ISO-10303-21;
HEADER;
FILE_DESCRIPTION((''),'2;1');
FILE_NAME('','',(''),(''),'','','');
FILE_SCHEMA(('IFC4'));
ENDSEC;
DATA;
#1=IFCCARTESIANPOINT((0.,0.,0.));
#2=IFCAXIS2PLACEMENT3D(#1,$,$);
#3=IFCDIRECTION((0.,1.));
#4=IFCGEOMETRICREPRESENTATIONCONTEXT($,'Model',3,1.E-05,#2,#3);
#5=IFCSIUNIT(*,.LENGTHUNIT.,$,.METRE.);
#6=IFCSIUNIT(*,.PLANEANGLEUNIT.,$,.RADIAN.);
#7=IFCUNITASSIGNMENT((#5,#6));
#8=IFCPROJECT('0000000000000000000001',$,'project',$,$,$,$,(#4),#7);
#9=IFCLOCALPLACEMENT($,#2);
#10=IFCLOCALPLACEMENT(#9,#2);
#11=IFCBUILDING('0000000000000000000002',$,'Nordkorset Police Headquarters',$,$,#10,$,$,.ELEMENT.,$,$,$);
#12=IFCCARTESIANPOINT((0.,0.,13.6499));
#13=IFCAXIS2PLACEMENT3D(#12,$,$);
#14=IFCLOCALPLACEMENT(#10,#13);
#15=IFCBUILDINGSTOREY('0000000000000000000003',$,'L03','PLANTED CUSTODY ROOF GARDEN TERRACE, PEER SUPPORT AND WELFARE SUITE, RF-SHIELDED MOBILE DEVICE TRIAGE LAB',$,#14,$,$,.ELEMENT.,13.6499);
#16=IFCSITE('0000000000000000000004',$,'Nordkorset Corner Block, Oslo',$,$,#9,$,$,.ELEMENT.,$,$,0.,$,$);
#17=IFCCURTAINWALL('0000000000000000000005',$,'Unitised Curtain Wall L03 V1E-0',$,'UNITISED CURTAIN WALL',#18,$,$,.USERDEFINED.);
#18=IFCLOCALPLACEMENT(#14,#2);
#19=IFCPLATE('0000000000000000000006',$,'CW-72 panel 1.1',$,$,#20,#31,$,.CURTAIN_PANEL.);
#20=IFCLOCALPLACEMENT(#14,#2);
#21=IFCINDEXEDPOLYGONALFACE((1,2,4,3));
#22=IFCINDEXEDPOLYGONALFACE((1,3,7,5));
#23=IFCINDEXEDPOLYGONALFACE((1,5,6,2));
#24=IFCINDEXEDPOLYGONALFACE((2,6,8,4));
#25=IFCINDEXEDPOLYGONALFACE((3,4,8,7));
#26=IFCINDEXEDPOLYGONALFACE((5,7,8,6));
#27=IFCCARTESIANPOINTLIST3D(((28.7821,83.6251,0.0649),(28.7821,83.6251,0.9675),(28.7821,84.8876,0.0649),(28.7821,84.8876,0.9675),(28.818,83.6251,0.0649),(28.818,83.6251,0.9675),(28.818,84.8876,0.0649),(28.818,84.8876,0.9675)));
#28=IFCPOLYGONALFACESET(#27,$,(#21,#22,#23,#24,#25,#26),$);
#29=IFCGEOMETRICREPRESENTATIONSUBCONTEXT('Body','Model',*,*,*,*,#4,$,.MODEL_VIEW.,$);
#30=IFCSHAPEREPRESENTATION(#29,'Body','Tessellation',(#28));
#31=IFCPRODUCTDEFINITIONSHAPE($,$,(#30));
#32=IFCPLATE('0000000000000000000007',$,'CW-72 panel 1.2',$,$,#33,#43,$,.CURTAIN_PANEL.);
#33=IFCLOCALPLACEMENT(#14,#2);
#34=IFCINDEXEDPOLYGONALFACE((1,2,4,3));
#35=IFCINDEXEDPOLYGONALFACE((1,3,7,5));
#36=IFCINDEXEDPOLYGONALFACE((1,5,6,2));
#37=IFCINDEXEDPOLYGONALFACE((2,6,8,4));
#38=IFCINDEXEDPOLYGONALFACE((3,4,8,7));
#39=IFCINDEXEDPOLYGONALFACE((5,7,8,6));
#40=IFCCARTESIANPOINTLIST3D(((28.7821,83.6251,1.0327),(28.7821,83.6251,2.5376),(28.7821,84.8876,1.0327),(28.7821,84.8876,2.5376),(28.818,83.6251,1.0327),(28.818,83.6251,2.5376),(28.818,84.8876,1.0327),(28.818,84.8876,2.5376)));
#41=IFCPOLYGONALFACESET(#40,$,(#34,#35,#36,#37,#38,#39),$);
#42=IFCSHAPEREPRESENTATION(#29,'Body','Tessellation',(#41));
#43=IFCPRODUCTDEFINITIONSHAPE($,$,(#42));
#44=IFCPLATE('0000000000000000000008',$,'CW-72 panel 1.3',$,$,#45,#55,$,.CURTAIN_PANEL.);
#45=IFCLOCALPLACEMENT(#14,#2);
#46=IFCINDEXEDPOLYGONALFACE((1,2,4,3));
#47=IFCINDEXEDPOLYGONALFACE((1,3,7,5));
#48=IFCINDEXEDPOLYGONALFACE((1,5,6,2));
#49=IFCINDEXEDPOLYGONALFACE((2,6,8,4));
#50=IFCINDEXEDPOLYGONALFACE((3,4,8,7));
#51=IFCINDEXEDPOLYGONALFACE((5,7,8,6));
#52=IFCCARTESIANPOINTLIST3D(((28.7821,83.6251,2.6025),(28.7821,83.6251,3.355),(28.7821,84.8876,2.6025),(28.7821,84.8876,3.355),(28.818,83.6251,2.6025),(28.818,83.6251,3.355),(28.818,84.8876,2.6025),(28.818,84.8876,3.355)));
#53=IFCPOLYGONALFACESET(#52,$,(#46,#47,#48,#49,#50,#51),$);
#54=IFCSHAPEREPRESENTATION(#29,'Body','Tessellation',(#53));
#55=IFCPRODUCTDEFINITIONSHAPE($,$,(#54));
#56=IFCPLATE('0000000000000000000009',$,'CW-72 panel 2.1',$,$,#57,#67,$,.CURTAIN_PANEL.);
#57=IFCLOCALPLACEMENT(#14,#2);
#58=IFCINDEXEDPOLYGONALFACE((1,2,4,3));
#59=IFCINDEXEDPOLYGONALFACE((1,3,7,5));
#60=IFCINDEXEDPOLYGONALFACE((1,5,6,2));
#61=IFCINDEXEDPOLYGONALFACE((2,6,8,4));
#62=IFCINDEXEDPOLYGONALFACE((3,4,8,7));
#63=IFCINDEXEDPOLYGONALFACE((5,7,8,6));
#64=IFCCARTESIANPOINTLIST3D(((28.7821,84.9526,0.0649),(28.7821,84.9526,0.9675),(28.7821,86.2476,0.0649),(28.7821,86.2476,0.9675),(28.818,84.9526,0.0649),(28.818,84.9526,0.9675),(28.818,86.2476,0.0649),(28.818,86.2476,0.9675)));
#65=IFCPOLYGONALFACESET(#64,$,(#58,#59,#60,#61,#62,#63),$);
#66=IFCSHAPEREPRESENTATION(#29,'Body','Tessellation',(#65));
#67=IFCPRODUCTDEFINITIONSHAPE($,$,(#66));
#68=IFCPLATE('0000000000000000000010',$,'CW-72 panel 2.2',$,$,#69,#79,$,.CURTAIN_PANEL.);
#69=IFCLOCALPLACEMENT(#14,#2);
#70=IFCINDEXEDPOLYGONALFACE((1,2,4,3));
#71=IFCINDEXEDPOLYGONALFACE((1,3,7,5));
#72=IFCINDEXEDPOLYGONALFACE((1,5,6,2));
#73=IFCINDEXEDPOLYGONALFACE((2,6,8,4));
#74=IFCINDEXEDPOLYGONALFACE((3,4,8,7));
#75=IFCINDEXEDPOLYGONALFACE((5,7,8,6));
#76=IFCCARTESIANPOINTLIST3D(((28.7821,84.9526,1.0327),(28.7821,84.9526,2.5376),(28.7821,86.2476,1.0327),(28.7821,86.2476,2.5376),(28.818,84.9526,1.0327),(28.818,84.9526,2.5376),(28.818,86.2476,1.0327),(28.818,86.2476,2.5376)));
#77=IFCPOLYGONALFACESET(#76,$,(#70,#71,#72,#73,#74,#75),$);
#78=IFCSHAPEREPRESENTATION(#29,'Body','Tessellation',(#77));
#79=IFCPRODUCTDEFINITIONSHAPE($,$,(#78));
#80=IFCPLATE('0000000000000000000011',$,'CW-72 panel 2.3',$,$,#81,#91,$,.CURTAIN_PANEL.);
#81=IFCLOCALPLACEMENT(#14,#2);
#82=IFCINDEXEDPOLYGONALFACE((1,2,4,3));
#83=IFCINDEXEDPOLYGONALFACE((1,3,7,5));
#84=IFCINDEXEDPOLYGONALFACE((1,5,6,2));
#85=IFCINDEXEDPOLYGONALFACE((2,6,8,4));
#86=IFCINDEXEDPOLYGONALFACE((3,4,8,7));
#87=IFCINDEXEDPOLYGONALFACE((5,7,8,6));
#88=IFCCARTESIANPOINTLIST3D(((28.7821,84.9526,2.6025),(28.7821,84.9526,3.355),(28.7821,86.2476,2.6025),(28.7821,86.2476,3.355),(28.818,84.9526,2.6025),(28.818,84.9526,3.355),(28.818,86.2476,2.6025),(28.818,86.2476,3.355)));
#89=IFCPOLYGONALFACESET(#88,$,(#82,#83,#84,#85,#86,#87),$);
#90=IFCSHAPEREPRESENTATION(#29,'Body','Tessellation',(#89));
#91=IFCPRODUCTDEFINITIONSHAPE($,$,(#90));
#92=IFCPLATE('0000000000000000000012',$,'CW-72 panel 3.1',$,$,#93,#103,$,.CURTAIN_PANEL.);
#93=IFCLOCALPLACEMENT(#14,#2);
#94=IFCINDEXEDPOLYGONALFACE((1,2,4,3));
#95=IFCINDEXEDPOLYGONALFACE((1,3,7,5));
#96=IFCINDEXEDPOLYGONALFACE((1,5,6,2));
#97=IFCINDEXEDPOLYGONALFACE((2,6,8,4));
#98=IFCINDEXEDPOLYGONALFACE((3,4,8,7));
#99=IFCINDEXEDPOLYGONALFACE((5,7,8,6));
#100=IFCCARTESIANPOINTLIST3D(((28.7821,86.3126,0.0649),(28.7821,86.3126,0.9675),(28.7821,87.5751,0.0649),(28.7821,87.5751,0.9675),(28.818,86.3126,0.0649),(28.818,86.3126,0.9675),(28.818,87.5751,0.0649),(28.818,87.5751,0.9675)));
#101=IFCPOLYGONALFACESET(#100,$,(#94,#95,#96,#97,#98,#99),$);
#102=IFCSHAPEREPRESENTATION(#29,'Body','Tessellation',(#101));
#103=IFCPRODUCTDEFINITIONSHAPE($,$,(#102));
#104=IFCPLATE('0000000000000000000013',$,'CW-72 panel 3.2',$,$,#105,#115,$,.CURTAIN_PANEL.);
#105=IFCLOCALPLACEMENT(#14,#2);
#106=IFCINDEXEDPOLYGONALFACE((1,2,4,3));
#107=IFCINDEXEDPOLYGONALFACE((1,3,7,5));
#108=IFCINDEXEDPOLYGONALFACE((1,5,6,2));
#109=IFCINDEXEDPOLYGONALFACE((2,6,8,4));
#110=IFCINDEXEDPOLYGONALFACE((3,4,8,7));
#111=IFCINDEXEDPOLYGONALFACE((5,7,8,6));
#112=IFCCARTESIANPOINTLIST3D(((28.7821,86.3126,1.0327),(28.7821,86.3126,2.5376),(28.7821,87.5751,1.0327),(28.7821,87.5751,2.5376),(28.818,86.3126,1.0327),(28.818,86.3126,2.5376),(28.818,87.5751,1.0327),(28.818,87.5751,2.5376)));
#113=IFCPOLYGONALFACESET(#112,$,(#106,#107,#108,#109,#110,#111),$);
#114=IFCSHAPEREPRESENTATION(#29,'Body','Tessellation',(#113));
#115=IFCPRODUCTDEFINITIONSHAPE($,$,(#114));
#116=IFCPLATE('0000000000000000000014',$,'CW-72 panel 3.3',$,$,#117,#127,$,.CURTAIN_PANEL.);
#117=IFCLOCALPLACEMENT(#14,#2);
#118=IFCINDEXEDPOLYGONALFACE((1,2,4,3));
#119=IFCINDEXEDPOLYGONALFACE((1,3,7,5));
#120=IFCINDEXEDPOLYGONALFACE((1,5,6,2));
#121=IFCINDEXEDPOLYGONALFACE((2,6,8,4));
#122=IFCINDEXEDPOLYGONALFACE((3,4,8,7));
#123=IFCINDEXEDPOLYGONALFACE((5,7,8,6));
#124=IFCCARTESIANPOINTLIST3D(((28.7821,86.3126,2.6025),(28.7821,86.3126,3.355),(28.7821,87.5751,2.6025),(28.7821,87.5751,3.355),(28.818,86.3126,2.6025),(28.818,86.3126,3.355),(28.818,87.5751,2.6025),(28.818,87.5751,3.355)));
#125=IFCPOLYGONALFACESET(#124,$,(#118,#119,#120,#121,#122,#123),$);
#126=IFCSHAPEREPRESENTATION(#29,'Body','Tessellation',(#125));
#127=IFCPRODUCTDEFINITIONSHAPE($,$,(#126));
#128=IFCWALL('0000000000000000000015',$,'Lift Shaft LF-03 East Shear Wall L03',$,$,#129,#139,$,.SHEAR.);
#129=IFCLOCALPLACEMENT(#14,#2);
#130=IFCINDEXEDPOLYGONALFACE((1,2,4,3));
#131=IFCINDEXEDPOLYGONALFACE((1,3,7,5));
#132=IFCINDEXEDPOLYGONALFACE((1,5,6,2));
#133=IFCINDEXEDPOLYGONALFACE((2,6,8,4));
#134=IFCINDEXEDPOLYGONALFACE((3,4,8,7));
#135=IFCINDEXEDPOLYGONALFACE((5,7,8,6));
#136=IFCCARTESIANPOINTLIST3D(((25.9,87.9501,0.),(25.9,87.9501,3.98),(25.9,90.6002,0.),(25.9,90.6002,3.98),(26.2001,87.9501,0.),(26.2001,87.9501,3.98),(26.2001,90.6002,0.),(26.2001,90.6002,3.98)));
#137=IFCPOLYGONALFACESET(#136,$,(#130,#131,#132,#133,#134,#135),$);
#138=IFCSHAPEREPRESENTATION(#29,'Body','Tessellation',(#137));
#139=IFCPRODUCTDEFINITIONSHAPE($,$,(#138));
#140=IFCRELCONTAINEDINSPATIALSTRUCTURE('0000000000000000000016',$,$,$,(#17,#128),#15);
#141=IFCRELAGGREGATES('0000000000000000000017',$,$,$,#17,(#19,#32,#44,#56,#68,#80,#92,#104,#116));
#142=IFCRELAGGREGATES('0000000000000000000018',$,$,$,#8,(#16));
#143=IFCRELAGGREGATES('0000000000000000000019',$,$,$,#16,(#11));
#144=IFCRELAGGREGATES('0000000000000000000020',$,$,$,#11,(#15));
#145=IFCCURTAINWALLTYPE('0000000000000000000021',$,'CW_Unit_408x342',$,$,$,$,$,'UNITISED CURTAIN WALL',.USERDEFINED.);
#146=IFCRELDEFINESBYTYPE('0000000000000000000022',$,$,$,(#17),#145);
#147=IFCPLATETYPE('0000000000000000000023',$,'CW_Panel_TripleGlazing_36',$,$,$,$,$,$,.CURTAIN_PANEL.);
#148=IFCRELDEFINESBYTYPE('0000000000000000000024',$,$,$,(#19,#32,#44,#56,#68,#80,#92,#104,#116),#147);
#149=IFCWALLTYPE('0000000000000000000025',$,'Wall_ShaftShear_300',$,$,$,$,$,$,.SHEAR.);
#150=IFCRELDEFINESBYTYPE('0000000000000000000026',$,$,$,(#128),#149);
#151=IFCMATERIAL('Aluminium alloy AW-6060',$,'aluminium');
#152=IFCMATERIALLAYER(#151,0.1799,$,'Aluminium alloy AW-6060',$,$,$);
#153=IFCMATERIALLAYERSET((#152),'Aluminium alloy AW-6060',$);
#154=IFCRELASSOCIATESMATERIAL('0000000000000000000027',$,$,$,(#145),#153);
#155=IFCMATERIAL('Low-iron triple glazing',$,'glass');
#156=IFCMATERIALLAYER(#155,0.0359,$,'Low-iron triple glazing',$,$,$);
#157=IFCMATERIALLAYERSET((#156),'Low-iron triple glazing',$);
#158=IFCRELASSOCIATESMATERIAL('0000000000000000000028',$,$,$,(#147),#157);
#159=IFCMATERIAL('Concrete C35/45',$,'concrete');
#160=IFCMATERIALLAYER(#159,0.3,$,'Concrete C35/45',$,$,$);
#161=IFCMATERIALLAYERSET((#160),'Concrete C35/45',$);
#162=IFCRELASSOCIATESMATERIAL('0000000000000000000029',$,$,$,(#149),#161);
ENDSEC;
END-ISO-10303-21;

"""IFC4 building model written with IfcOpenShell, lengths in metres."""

from ifc_helpers import new_model, si_unit, direction, frame, frame_2d, origin, origin_2d, place, context, subcontext, project, spatial, rectangle, extrude, material, layer, layer_set, type_object, element, aggregate, save


model = new_model("IFC4")

# Units and contexts
model_context = context("Model", 3, precision=1e-05, world=origin(), true_north=direction((0.0, 1.0)))
body_context = subcontext(model_context, "Body", "Model", "MODEL_VIEW")
ifc_project = project(units=[si_unit("LENGTHUNIT", "METRE"), si_unit("PLANEANGLEUNIT", "RADIAN")], contexts=[model_context])

# Site, building, storey
site_placement = place(None, origin())
site = spatial("IfcSite", under=ifc_project, at=site_placement, Name="Nordkorset Corner Block, Oslo", CompositionType="ELEMENT", RefElevation=0.0)
building_placement = place(site_placement, origin())
building = spatial("IfcBuilding", under=site, at=building_placement, Name="Nordkorset Police Headquarters", CompositionType="ELEMENT")
storey_placement = place(building_placement, frame((0.0, 0.0, 13.6499)))
storey = spatial("IfcBuildingStorey", under=building, at=storey_placement, Name="L03", Description="PLANTED CUSTODY ROOF GARDEN TERRACE, PEER SUPPORT AND WELFARE SUITE, RF-SHIELDED MOBILE DEVICE TRIAGE LAB", CompositionType="ELEMENT", Elevation=13.6499)

# Curtain wall, plates
ifc_material_1 = material(Name="Aluminium alloy AW-6060", Category="aluminium")
ifc_layer_1 = layer(ifc_material_1, 0.1799, Name="Aluminium alloy AW-6060")
ifc_layer_set_1 = layer_set([ifc_layer_1], Name="Aluminium alloy AW-6060")
curtain_wall_type = type_object("IfcCurtainWallType", Name="CW_Unit_408x342", ElementType="UNITISED CURTAIN WALL", PredefinedType="USERDEFINED", material=ifc_layer_set_1)
curtain_wall_placement = place(storey_placement, origin())
curtain_wall = element("IfcCurtainWall", 1, at=curtain_wall_placement, inside=storey, type_object=curtain_wall_type, Name="Unitised Curtain Wall L03 V1E-0", ObjectType="UNITISED CURTAIN WALL", PredefinedType="USERDEFINED")
ifc_material_2 = material(Name="Low-iron triple glazing", Category="glass")
ifc_layer_2 = layer(ifc_material_2, 0.0359, Name="Low-iron triple glazing")
ifc_layer_set_2 = layer_set([ifc_layer_2], Name="Low-iron triple glazing")
plate_type = type_object("IfcPlateType", Name="CW_Panel_TripleGlazing_36", PredefinedType="CURTAIN_PANEL", material=ifc_layer_set_2)
plate_1_placement = place(storey_placement, frame((28.8, 84.2563, 0.0649), z_axis=(0.0, 0.0, 1.0), x_axis=(0.0, 1.0, 0.0)))
plate_1 = element("IfcPlate", 2, at=plate_1_placement, type_object=plate_type, Name="CW-72 panel 1.1", PredefinedType="CURTAIN_PANEL", context=body_context, shape_type="SweptSolid", body=[
    extrude(rectangle(XDim=1.2625, YDim=0.0359, at=origin_2d()), origin(), (0.0, 0.0, 1.0), 0.9026),
])
plate_2_placement = place(storey_placement, frame((28.8, 84.2563, 1.0327), z_axis=(0.0, 0.0, 1.0), x_axis=(0.0, 1.0, 0.0)))
plate_2 = element("IfcPlate", 3, at=plate_2_placement, type_object=plate_type, Name="CW-72 panel 1.2", PredefinedType="CURTAIN_PANEL", context=body_context, shape_type="SweptSolid", body=[
    extrude(rectangle(XDim=1.2625, YDim=0.0359, at=origin_2d()), origin(), (0.0, 0.0, 1.0), 1.5049),
])
plate_3_placement = place(storey_placement, frame((28.8, 84.2563, 2.6025), z_axis=(0.0, 0.0, 1.0), x_axis=(0.0, 1.0, 0.0)))
plate_3 = element("IfcPlate", 4, at=plate_3_placement, type_object=plate_type, Name="CW-72 panel 1.3", PredefinedType="CURTAIN_PANEL", context=body_context, shape_type="SweptSolid", body=[
    extrude(rectangle(XDim=1.2625, YDim=0.0359, at=origin_2d()), origin(), (0.0, 0.0, 1.0), 0.7524),
])
plate_4_placement = place(storey_placement, frame((28.8, 85.6001, 0.0649), z_axis=(0.0, 0.0, 1.0), x_axis=(0.0, 1.0, 0.0)))
plate_4 = element("IfcPlate", 5, at=plate_4_placement, type_object=plate_type, Name="CW-72 panel 2.1", PredefinedType="CURTAIN_PANEL", context=body_context, shape_type="SweptSolid", body=[
    extrude(rectangle(XDim=1.2949, YDim=0.0359, at=origin_2d()), origin(), (0.0, 0.0, 1.0), 0.9026),
])
plate_5_placement = place(storey_placement, frame((28.8, 85.6001, 1.0327), z_axis=(0.0, 0.0, 1.0), x_axis=(0.0, 1.0, 0.0)))
plate_5 = element("IfcPlate", 6, at=plate_5_placement, type_object=plate_type, Name="CW-72 panel 2.2", PredefinedType="CURTAIN_PANEL", context=body_context, shape_type="SweptSolid", body=[
    extrude(rectangle(XDim=1.2949, YDim=0.0359, at=origin_2d()), origin(), (0.0, 0.0, 1.0), 1.5049),
])
plate_6_placement = place(storey_placement, frame((28.8, 85.6001, 2.6025), z_axis=(0.0, 0.0, 1.0), x_axis=(0.0, 1.0, 0.0)))
plate_6 = element("IfcPlate", 7, at=plate_6_placement, type_object=plate_type, Name="CW-72 panel 2.3", PredefinedType="CURTAIN_PANEL", context=body_context, shape_type="SweptSolid", body=[
    extrude(rectangle(XDim=1.2949, YDim=0.0359, at=origin_2d()), origin(), (0.0, 0.0, 1.0), 0.7524),
])
plate_7_placement = place(storey_placement, frame((28.8, 86.9438, 0.0649), z_axis=(0.0, 0.0, 1.0), x_axis=(0.0, 1.0, 0.0)))
plate_7 = element("IfcPlate", 8, at=plate_7_placement, type_object=plate_type, Name="CW-72 panel 3.1", PredefinedType="CURTAIN_PANEL", context=body_context, shape_type="SweptSolid", body=[
    extrude(rectangle(XDim=1.2625, YDim=0.0359, at=origin_2d()), origin(), (0.0, 0.0, 1.0), 0.9026),
])
plate_8_placement = place(storey_placement, frame((28.8, 86.9438, 1.0327), z_axis=(0.0, 0.0, 1.0), x_axis=(0.0, 1.0, 0.0)))
plate_8 = element("IfcPlate", 9, at=plate_8_placement, type_object=plate_type, Name="CW-72 panel 3.2", PredefinedType="CURTAIN_PANEL", context=body_context, shape_type="SweptSolid", body=[
    extrude(rectangle(XDim=1.2625, YDim=0.0359, at=origin_2d()), origin(), (0.0, 0.0, 1.0), 1.5049),
])
plate_9_placement = place(storey_placement, frame((28.8, 86.9438, 2.6025), z_axis=(0.0, 0.0, 1.0), x_axis=(0.0, 1.0, 0.0)))
plate_9 = element("IfcPlate", 10, at=plate_9_placement, type_object=plate_type, Name="CW-72 panel 3.3", PredefinedType="CURTAIN_PANEL", context=body_context, shape_type="SweptSolid", body=[
    extrude(rectangle(XDim=1.2625, YDim=0.0359, at=origin_2d()), origin(), (0.0, 0.0, 1.0), 0.7524),
])
aggregate(curtain_wall, [plate_1, plate_2, plate_3, plate_4, plate_5, plate_6, plate_7, plate_8, plate_9])

# Wall
ifc_material_3 = material(Name="Concrete C35/45", Category="concrete")
ifc_layer_3 = layer(ifc_material_3, 0.3, Name="Concrete C35/45")
ifc_layer_set_3 = layer_set([ifc_layer_3], Name="Concrete C35/45")
wall_type = type_object("IfcWallType", Name="Wall_ShaftShear_300", PredefinedType="SHEAR", material=ifc_layer_set_3)
wall_placement = place(storey_placement, frame((26.05, 87.95, 0.0), z_axis=(0.0, 0.0, 1.0), x_axis=(0.0, 1.0, 0.0)))
element("IfcWall", 11, at=wall_placement, inside=storey, type_object=wall_type, Name="Lift Shaft LF-03 East Shear Wall L03", PredefinedType="SHEAR", context=body_context, shape_type="SweptSolid", body=[
    extrude(rectangle(XDim=2.6501, YDim=0.3, at=frame_2d((1.3252, 0.0))), origin(), (0.0, 0.0, 1.0), 3.98),
])

save(model, "model.ifc")
